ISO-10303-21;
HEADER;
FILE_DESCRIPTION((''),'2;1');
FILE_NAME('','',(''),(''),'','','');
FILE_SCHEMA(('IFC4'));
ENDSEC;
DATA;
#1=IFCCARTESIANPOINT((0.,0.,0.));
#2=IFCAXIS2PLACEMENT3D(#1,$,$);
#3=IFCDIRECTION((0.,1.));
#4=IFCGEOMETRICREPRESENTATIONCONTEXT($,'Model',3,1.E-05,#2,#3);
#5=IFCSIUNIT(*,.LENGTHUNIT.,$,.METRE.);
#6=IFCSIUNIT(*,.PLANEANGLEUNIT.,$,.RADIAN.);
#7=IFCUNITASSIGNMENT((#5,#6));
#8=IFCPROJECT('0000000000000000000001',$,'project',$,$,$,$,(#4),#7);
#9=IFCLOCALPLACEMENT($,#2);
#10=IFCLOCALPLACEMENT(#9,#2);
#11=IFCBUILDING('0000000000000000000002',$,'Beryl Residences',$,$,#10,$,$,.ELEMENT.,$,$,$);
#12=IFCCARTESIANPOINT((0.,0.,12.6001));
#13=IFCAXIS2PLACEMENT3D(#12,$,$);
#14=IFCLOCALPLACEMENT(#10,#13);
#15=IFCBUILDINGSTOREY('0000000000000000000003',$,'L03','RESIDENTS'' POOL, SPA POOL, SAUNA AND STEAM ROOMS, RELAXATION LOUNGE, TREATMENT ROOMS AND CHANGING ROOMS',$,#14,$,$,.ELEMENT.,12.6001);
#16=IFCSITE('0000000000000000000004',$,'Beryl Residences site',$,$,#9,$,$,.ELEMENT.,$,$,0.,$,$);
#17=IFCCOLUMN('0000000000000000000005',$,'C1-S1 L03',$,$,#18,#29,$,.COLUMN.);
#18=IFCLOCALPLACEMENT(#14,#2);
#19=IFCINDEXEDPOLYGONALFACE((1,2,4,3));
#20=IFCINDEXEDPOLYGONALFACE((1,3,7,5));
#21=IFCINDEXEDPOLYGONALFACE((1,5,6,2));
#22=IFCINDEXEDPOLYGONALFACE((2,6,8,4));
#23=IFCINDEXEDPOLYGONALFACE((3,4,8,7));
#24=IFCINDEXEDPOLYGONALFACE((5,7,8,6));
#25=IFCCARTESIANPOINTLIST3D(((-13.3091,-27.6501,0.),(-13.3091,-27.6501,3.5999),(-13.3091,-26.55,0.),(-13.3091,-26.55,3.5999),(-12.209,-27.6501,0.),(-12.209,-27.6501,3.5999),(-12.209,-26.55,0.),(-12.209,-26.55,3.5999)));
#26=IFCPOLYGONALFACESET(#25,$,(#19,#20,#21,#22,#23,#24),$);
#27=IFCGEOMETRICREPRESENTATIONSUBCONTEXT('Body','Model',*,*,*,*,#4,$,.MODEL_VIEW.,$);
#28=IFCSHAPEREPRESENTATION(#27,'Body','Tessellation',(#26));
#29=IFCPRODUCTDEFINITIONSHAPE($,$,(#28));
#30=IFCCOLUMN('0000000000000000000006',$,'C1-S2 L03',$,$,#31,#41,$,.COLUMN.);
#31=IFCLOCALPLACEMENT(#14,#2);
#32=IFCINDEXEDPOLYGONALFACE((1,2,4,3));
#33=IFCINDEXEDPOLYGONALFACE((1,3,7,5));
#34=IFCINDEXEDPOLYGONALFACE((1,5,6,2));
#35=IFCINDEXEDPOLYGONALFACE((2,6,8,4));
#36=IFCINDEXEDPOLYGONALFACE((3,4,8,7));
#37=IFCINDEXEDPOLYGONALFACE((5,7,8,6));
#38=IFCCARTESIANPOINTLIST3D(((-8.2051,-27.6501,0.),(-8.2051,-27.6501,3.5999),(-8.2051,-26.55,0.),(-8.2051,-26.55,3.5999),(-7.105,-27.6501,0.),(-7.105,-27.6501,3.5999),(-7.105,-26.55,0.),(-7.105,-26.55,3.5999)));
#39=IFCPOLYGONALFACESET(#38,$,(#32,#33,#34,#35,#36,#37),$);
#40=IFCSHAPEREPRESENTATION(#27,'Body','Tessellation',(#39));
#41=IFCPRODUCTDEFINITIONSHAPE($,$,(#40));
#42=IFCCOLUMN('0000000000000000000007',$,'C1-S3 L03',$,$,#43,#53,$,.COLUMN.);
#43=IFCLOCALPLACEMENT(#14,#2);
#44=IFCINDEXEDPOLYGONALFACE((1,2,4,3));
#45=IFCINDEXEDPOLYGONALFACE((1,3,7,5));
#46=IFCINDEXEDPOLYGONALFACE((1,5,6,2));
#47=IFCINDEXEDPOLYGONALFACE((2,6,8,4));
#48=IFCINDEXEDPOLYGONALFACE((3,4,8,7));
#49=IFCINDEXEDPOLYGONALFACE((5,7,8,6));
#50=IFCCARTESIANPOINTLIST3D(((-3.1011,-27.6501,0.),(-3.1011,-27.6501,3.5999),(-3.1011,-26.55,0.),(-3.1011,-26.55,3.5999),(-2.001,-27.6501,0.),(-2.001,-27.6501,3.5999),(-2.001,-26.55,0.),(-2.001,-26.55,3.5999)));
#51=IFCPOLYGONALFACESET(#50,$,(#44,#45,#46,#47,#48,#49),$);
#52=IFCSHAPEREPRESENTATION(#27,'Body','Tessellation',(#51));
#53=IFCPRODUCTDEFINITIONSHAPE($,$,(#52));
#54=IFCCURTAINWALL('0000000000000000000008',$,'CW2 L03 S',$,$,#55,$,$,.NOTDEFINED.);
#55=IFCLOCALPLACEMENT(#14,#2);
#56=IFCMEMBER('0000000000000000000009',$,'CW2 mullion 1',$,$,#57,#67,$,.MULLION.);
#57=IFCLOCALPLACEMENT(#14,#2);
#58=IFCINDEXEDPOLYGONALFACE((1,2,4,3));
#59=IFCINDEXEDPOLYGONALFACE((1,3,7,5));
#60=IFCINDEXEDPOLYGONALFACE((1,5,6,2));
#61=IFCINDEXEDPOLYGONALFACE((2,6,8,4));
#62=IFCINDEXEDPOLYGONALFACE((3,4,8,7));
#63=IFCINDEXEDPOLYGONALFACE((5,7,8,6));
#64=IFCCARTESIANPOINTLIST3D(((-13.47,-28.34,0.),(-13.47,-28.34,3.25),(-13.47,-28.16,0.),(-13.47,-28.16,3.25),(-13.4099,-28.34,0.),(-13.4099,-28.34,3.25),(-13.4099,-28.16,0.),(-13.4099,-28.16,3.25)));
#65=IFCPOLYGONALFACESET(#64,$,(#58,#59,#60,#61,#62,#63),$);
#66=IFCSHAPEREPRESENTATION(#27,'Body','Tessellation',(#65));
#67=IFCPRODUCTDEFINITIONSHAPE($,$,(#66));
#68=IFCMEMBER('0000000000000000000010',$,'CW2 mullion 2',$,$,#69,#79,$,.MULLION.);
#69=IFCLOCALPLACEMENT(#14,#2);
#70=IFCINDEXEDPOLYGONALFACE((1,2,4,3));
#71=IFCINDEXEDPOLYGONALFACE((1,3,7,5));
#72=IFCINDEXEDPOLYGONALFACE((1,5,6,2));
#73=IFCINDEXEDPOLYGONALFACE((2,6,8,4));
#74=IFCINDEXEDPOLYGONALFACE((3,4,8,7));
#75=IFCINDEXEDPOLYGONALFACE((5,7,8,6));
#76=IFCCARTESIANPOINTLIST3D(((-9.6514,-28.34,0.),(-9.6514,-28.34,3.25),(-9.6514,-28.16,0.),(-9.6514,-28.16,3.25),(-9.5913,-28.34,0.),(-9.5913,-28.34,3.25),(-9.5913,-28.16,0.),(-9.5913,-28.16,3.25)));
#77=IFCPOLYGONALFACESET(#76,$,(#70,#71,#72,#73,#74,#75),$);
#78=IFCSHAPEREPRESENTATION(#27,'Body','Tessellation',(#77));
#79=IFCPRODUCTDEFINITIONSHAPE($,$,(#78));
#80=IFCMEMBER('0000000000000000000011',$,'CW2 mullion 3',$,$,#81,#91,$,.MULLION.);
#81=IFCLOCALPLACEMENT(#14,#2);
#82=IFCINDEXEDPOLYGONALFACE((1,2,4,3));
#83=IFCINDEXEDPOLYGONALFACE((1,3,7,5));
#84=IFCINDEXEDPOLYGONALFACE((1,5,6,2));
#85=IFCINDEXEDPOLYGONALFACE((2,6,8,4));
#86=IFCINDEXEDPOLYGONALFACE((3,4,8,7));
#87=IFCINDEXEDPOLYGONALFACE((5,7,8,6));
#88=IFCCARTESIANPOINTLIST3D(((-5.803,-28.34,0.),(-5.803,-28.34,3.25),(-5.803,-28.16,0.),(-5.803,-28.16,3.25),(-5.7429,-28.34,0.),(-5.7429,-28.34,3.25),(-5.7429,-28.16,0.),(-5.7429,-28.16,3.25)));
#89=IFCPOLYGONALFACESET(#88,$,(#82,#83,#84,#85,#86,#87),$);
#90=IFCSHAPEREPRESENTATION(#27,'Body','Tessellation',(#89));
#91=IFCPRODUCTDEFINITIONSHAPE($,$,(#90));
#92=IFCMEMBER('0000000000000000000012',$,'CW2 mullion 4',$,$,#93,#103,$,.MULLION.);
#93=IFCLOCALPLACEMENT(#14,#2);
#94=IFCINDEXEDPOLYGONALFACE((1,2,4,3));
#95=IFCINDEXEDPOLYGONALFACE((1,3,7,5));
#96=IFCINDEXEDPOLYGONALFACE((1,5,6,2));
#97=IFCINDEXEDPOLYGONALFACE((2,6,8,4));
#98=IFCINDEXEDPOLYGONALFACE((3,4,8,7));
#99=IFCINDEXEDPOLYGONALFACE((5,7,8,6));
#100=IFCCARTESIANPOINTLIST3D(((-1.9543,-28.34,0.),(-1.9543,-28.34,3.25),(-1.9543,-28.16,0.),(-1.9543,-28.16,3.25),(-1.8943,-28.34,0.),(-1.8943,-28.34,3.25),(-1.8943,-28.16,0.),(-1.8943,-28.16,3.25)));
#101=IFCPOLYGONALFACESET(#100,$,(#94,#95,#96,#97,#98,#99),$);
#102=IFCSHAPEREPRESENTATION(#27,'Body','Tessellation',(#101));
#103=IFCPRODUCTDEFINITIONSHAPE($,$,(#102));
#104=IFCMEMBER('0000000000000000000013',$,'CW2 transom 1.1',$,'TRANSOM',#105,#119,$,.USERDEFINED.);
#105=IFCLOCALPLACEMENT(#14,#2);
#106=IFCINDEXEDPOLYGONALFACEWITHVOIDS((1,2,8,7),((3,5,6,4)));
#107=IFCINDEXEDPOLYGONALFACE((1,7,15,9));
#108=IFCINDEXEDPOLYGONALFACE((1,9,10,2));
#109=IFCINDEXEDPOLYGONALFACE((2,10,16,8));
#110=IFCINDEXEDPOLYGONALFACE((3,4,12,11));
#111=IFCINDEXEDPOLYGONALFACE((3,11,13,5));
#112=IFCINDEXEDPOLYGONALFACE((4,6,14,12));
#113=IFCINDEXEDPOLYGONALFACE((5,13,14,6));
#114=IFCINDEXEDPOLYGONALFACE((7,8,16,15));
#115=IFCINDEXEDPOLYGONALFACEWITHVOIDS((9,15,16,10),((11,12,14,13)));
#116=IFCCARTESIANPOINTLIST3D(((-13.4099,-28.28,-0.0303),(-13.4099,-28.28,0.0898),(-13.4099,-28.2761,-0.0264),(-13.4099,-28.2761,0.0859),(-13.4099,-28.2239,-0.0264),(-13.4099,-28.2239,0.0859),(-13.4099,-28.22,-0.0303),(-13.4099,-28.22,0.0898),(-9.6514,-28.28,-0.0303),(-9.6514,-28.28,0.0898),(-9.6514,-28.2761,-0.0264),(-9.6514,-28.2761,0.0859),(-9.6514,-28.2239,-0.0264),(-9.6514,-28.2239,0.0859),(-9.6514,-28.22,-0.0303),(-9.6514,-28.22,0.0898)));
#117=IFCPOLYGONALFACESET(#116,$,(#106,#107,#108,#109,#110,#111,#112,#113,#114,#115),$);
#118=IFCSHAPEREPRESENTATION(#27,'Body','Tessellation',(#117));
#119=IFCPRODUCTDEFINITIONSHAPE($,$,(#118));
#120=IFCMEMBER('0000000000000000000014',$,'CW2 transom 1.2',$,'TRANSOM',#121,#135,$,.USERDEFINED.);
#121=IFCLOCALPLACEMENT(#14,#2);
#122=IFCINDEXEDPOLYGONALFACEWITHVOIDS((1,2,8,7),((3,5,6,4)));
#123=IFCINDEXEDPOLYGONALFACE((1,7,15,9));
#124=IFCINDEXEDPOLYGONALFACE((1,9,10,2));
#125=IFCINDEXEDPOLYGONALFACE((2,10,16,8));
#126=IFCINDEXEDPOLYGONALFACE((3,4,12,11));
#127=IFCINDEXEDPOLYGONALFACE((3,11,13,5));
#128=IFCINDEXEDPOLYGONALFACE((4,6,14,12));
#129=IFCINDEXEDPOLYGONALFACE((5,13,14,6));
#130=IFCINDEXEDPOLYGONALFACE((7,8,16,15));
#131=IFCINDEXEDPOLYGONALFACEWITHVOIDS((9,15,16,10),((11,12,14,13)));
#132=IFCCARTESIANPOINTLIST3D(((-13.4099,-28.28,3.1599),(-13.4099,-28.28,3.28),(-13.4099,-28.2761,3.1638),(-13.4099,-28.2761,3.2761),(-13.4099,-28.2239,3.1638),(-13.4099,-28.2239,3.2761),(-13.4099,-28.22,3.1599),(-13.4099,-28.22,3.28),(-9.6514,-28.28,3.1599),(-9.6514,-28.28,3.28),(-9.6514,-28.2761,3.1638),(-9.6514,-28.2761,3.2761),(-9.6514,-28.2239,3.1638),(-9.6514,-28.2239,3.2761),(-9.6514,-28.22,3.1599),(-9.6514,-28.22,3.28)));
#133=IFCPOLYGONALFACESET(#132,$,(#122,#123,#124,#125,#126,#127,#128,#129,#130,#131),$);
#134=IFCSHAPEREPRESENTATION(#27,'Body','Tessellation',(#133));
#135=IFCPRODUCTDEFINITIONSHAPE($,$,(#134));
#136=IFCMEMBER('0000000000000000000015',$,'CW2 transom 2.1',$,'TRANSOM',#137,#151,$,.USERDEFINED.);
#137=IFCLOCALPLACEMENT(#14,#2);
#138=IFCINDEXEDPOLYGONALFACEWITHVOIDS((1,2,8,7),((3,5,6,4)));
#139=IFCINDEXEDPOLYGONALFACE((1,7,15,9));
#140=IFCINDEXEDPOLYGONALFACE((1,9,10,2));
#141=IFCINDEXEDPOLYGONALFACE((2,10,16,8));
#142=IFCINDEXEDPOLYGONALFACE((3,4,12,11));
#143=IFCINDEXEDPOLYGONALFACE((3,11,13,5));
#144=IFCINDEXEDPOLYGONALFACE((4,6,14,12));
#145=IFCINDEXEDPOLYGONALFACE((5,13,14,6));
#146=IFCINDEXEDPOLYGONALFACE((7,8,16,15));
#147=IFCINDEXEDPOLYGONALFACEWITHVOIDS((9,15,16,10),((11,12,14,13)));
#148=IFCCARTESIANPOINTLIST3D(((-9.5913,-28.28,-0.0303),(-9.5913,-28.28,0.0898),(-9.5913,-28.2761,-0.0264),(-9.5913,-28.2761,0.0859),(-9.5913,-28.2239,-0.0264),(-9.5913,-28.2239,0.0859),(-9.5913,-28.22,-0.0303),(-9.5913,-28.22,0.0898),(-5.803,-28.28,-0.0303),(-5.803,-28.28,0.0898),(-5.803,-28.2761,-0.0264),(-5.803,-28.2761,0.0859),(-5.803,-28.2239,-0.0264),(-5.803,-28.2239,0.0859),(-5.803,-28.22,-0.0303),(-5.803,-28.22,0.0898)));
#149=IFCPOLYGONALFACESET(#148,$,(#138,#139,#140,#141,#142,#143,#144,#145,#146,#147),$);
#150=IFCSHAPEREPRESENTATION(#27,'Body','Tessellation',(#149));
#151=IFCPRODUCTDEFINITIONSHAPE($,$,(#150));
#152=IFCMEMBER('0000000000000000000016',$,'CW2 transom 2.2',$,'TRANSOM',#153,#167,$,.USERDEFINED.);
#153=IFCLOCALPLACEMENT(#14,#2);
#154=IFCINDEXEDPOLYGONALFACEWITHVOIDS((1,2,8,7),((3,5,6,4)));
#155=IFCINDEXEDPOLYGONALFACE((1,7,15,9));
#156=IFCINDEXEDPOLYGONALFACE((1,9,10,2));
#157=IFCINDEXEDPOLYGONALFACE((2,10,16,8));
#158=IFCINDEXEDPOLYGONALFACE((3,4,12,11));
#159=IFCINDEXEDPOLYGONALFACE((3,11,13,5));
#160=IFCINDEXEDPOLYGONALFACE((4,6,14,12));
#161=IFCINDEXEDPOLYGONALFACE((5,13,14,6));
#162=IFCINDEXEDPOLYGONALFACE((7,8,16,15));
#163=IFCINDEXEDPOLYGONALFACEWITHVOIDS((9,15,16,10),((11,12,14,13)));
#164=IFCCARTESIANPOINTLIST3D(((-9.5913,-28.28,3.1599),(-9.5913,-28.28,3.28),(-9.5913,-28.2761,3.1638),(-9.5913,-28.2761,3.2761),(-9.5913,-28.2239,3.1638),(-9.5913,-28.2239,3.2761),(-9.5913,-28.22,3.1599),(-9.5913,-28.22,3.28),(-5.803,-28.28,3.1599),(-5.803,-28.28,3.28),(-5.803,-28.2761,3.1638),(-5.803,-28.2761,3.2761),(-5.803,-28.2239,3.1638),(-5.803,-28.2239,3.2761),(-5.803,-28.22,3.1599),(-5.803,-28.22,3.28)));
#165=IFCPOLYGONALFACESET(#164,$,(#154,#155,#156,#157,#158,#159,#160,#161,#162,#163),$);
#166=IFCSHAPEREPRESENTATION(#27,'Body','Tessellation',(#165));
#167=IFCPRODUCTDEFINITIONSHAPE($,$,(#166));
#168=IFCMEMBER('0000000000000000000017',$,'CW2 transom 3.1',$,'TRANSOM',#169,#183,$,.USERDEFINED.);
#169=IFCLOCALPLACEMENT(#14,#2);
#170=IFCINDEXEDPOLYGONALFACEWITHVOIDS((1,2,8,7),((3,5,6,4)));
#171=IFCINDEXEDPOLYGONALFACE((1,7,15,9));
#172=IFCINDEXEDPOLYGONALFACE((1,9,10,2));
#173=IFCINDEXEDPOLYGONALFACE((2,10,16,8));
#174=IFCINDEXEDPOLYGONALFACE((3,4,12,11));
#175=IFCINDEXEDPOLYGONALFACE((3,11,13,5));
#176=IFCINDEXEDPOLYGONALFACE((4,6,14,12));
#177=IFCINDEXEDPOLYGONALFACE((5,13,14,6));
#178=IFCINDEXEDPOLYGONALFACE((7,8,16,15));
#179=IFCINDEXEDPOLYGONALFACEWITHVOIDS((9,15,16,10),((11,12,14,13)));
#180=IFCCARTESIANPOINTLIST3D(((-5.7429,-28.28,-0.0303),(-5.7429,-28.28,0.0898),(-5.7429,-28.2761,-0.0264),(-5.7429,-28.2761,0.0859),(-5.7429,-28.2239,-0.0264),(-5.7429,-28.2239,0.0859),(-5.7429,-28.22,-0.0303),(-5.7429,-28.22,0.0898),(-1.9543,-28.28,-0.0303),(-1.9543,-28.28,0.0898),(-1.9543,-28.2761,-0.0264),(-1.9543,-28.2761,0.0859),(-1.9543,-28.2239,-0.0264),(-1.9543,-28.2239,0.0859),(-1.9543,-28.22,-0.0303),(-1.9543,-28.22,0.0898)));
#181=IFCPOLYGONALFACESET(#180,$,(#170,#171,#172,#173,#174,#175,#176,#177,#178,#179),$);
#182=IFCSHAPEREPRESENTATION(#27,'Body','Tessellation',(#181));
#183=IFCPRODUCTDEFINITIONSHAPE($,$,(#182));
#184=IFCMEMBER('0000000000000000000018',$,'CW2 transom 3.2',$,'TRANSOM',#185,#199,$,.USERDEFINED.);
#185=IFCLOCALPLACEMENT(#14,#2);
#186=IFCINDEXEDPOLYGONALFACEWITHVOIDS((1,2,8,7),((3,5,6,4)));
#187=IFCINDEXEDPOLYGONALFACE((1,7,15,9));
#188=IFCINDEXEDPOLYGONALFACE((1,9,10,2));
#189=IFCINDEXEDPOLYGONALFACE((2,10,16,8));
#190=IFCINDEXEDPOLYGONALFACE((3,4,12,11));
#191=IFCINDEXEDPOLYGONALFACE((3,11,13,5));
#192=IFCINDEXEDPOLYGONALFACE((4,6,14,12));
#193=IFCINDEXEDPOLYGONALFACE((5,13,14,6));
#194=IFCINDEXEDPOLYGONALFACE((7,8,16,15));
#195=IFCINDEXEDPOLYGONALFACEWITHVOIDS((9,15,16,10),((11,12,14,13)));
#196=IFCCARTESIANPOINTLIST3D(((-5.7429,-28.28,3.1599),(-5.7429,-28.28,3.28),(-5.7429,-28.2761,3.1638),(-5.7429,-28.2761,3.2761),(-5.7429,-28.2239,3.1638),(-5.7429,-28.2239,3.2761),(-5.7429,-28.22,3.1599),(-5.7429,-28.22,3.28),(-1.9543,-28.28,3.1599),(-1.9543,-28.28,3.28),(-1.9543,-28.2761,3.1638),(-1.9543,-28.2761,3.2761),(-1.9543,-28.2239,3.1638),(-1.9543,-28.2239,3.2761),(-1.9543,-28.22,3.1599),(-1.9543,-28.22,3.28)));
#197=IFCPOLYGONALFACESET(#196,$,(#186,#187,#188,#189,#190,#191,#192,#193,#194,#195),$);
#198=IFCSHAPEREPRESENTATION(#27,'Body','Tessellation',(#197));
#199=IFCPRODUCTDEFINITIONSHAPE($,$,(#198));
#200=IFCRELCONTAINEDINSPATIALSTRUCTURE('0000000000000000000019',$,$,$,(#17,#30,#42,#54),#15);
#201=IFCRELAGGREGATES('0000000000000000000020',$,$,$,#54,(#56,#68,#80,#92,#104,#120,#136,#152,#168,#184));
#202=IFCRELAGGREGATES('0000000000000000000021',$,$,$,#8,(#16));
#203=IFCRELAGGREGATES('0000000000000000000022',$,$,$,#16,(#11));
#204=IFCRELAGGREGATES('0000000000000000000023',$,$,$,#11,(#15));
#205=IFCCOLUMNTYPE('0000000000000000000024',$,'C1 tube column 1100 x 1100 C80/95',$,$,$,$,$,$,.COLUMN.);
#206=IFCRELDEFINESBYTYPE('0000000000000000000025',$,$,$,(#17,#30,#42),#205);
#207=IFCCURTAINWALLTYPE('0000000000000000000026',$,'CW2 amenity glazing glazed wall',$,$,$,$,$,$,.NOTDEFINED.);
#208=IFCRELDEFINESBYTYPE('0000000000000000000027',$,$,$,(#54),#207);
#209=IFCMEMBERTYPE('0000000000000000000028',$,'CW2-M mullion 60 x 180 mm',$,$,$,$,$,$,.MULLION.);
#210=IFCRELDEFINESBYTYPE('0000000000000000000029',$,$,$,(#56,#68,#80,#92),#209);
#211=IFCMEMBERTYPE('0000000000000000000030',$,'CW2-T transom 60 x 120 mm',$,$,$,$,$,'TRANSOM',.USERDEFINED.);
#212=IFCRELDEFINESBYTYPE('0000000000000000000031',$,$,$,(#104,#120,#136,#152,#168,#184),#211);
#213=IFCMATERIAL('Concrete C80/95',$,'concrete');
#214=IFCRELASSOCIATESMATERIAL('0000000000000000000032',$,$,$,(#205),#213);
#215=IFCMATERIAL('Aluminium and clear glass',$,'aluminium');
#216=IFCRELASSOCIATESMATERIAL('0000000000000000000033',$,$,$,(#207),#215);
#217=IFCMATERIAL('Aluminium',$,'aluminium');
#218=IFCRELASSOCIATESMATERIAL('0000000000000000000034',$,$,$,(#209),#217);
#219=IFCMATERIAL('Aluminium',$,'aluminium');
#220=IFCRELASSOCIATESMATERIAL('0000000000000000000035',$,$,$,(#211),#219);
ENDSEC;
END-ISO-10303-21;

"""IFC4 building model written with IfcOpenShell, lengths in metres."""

from ifc_helpers import new_model, si_unit, direction, frame, origin, origin_2d, place, context, subcontext, project, spatial, rectangle, hollow_rectangle, extrude, material, material_profile, profile_set, type_object, element, aggregate, save


model = new_model("IFC4")

# Units and contexts
model_context = context("Model", 3, precision=1e-05, world=origin(), true_north=direction((0.0, 1.0)))
body_context = subcontext(model_context, "Body", "Model", "MODEL_VIEW")
ifc_project = project(units=[si_unit("LENGTHUNIT", "METRE"), si_unit("PLANEANGLEUNIT", "RADIAN")], contexts=[model_context])

# Site, building, storey
site_placement = place(None, origin())
site = spatial("IfcSite", under=ifc_project, at=site_placement, Name="Beryl Residences site", CompositionType="ELEMENT", RefElevation=0.0)
building_placement = place(site_placement, origin())
building = spatial("IfcBuilding", under=site, at=building_placement, Name="Beryl Residences", CompositionType="ELEMENT")
storey_placement = place(building_placement, frame((0.0, 0.0, 12.6001)))
storey = spatial("IfcBuildingStorey", under=building, at=storey_placement, Name="L03", Description="RESIDENTS' POOL, SPA POOL, SAUNA AND STEAM ROOMS, RELAXATION LOUNGE, TREATMENT ROOMS AND CHANGING ROOMS", CompositionType="ELEMENT", Elevation=12.6001)

# Columns
ifc_material_1 = material(Name="Concrete C80/95", Category="concrete")
ifc_material_profile_1 = material_profile(ifc_material_1, rectangle(XDim=1.1001, YDim=1.1001, at=origin_2d()))
ifc_profile_set_1 = profile_set([ifc_material_profile_1], Name="Concrete C80/95")
column_type = type_object("IfcColumnType", Name="C1 tube column 1100 x 1100 C80/95", PredefinedType="COLUMN", material=ifc_profile_set_1)
for number, where, z_axis, x_axis, name in (
    (1, (-12.759, -27.1001, 0.0), (0.0, 0.0, 1.0), (1.0, 0.0, 0.0), "C1-S1 L03"),
    (2, (-7.655, -27.1001, 0.0), (0.0, 0.0, 1.0), (1.0, 0.0, 0.0), "C1-S2 L03"),
    (3, (-2.551, -27.1001, 0.0), (0.0, 0.0, 1.0), (1.0, 0.0, 0.0), "C1-S3 L03"),
):
    element("IfcColumn", number, at=place(storey_placement, frame(where, z_axis=z_axis, x_axis=x_axis)), inside=storey, type_object=column_type, Name=name, PredefinedType="COLUMN", context=body_context, shape_type="SweptSolid", body=[
        extrude(rectangle(XDim=1.1001, YDim=1.1001, at=origin_2d()), origin(), (0.0, 0.0, 1.0), 3.5999),
    ])

# Curtain wall, members
ifc_material_2 = material(Name="Aluminium and clear glass", Category="aluminium")
curtain_wall_type = type_object("IfcCurtainWallType", Name="CW2 amenity glazing glazed wall", PredefinedType="NOTDEFINED", material=ifc_material_2)
curtain_wall_placement = place(storey_placement, origin())
curtain_wall = element("IfcCurtainWall", 4, at=curtain_wall_placement, inside=storey, type_object=curtain_wall_type, Name="CW2 L03 S", PredefinedType="NOTDEFINED")
ifc_material_3 = material(Name="Aluminium", Category="aluminium")
ifc_material_profile_2 = material_profile(ifc_material_3, rectangle(XDim=0.0601, YDim=0.1799, at=origin_2d()))
ifc_profile_set_2 = profile_set([ifc_material_profile_2], Name="Aluminium")
member_type_1 = type_object("IfcMemberType", Name="CW2-M mullion 60 x 180 mm", PredefinedType="MULLION", material=ifc_profile_set_2)
member_1_placement = place(storey_placement, frame((-13.4399, -28.25, 0.0), z_axis=(0.0, 0.0, 1.0), x_axis=(1.0, 0.0, 0.0)))
member_1 = element("IfcMember", 5, at=member_1_placement, type_object=member_type_1, Name="CW2 mullion 1", PredefinedType="MULLION", context=body_context, shape_type="SweptSolid", body=[
    extrude(rectangle(XDim=0.0601, YDim=0.1799, at=origin_2d()), origin(), (0.0, 0.0, 1.0), 3.25),
])
member_2_placement = place(storey_placement, frame((-9.6213, -28.25, 0.0), z_axis=(0.0, 0.0, 1.0), x_axis=(1.0, 0.0, 0.0)))
member_2 = element("IfcMember", 6, at=member_2_placement, type_object=member_type_1, Name="CW2 mullion 2", PredefinedType="MULLION", context=body_context, shape_type="SweptSolid", body=[
    extrude(rectangle(XDim=0.0601, YDim=0.1799, at=origin_2d()), origin(), (0.0, 0.0, 1.0), 3.25),
])
member_3_placement = place(storey_placement, frame((-5.7729, -28.25, 0.0), z_axis=(0.0, 0.0, 1.0), x_axis=(1.0, 0.0, 0.0)))
member_3 = element("IfcMember", 7, at=member_3_placement, type_object=member_type_1, Name="CW2 mullion 3", PredefinedType="MULLION", context=body_context, shape_type="SweptSolid", body=[
    extrude(rectangle(XDim=0.0601, YDim=0.1799, at=origin_2d()), origin(), (0.0, 0.0, 1.0), 3.25),
])
member_4_placement = place(storey_placement, frame((-1.9243, -28.25, 0.0), z_axis=(0.0, 0.0, 1.0), x_axis=(1.0, 0.0, 0.0)))
member_4 = element("IfcMember", 8, at=member_4_placement, type_object=member_type_1, Name="CW2 mullion 4", PredefinedType="MULLION", context=body_context, shape_type="SweptSolid", body=[
    extrude(rectangle(XDim=0.0601, YDim=0.1799, at=origin_2d()), origin(), (0.0, 0.0, 1.0), 3.25),
])
ifc_material_4 = material(Name="Aluminium", Category="aluminium")
ifc_material_profile_3 = material_profile(ifc_material_4, hollow_rectangle(XDim=0.0601, YDim=0.1201, WallThickness=0.0039, at=origin_2d()))
ifc_profile_set_3 = profile_set([ifc_material_profile_3], Name="Aluminium")
member_type_2 = type_object("IfcMemberType", Name="CW2-T transom 60 x 120 mm", ElementType="TRANSOM", PredefinedType="USERDEFINED", material=ifc_profile_set_3)
member_5_placement = place(storey_placement, frame((-13.4099, -28.25, 0.0298), z_axis=(1.0, 0.0, 0.0), x_axis=(0.0, 1.0, 0.0)))
member_5 = element("IfcMember", 9, at=member_5_placement, type_object=member_type_2, Name="CW2 transom 1.1", ObjectType="TRANSOM", PredefinedType="USERDEFINED", context=body_context, shape_type="SweptSolid", body=[
    extrude(hollow_rectangle(XDim=0.0601, YDim=0.1201, WallThickness=0.0039, at=origin_2d()), origin(), (0.0, 0.0, 1.0), 3.7585),
])
member_6_placement = place(storey_placement, frame((-13.4099, -28.25, 3.22), z_axis=(1.0, 0.0, 0.0), x_axis=(0.0, 1.0, 0.0)))
member_6 = element("IfcMember", 10, at=member_6_placement, type_object=member_type_2, Name="CW2 transom 1.2", ObjectType="TRANSOM", PredefinedType="USERDEFINED", context=body_context, shape_type="SweptSolid", body=[
    extrude(hollow_rectangle(XDim=0.0601, YDim=0.1201, WallThickness=0.0039, at=origin_2d()), origin(), (0.0, 0.0, 1.0), 3.7585),
])
member_7_placement = place(storey_placement, frame((-9.5913, -28.25, 0.0298), z_axis=(1.0, 0.0, 0.0), x_axis=(0.0, 1.0, 0.0)))
member_7 = element("IfcMember", 11, at=member_7_placement, type_object=member_type_2, Name="CW2 transom 2.1", ObjectType="TRANSOM", PredefinedType="USERDEFINED", context=body_context, shape_type="SweptSolid", body=[
    extrude(hollow_rectangle(XDim=0.0601, YDim=0.1201, WallThickness=0.0039, at=origin_2d()), origin(), (0.0, 0.0, 1.0), 3.7883),
])
member_8_placement = place(storey_placement, frame((-9.5913, -28.25, 3.22), z_axis=(1.0, 0.0, 0.0), x_axis=(0.0, 1.0, 0.0)))
member_8 = element("IfcMember", 12, at=member_8_placement, type_object=member_type_2, Name="CW2 transom 2.2", ObjectType="TRANSOM", PredefinedType="USERDEFINED", context=body_context, shape_type="SweptSolid", body=[
    extrude(hollow_rectangle(XDim=0.0601, YDim=0.1201, WallThickness=0.0039, at=origin_2d()), origin(), (0.0, 0.0, 1.0), 3.7883),
])
member_9_placement = place(storey_placement, frame((-5.7429, -28.25, 0.0298), z_axis=(1.0, 0.0, 0.0), x_axis=(0.0, 1.0, 0.0)))
member_9 = element("IfcMember", 13, at=member_9_placement, type_object=member_type_2, Name="CW2 transom 3.1", ObjectType="TRANSOM", PredefinedType="USERDEFINED", context=body_context, shape_type="SweptSolid", body=[
    extrude(hollow_rectangle(XDim=0.0601, YDim=0.1201, WallThickness=0.0039, at=origin_2d()), origin(), (0.0, 0.0, 1.0), 3.7886),
])
member_10_placement = place(storey_placement, frame((-5.7429, -28.25, 3.22), z_axis=(1.0, 0.0, 0.0), x_axis=(0.0, 1.0, 0.0)))
member_10 = element("IfcMember", 14, at=member_10_placement, type_object=member_type_2, Name="CW2 transom 3.2", ObjectType="TRANSOM", PredefinedType="USERDEFINED", context=body_context, shape_type="SweptSolid", body=[
    extrude(hollow_rectangle(XDim=0.0601, YDim=0.1201, WallThickness=0.0039, at=origin_2d()), origin(), (0.0, 0.0, 1.0), 3.7886),
])

aggregate(curtain_wall, [member_1, member_2, member_3, member_4, member_5, member_6, member_7, member_8, member_9, member_10])

save(model, "model.ifc")
